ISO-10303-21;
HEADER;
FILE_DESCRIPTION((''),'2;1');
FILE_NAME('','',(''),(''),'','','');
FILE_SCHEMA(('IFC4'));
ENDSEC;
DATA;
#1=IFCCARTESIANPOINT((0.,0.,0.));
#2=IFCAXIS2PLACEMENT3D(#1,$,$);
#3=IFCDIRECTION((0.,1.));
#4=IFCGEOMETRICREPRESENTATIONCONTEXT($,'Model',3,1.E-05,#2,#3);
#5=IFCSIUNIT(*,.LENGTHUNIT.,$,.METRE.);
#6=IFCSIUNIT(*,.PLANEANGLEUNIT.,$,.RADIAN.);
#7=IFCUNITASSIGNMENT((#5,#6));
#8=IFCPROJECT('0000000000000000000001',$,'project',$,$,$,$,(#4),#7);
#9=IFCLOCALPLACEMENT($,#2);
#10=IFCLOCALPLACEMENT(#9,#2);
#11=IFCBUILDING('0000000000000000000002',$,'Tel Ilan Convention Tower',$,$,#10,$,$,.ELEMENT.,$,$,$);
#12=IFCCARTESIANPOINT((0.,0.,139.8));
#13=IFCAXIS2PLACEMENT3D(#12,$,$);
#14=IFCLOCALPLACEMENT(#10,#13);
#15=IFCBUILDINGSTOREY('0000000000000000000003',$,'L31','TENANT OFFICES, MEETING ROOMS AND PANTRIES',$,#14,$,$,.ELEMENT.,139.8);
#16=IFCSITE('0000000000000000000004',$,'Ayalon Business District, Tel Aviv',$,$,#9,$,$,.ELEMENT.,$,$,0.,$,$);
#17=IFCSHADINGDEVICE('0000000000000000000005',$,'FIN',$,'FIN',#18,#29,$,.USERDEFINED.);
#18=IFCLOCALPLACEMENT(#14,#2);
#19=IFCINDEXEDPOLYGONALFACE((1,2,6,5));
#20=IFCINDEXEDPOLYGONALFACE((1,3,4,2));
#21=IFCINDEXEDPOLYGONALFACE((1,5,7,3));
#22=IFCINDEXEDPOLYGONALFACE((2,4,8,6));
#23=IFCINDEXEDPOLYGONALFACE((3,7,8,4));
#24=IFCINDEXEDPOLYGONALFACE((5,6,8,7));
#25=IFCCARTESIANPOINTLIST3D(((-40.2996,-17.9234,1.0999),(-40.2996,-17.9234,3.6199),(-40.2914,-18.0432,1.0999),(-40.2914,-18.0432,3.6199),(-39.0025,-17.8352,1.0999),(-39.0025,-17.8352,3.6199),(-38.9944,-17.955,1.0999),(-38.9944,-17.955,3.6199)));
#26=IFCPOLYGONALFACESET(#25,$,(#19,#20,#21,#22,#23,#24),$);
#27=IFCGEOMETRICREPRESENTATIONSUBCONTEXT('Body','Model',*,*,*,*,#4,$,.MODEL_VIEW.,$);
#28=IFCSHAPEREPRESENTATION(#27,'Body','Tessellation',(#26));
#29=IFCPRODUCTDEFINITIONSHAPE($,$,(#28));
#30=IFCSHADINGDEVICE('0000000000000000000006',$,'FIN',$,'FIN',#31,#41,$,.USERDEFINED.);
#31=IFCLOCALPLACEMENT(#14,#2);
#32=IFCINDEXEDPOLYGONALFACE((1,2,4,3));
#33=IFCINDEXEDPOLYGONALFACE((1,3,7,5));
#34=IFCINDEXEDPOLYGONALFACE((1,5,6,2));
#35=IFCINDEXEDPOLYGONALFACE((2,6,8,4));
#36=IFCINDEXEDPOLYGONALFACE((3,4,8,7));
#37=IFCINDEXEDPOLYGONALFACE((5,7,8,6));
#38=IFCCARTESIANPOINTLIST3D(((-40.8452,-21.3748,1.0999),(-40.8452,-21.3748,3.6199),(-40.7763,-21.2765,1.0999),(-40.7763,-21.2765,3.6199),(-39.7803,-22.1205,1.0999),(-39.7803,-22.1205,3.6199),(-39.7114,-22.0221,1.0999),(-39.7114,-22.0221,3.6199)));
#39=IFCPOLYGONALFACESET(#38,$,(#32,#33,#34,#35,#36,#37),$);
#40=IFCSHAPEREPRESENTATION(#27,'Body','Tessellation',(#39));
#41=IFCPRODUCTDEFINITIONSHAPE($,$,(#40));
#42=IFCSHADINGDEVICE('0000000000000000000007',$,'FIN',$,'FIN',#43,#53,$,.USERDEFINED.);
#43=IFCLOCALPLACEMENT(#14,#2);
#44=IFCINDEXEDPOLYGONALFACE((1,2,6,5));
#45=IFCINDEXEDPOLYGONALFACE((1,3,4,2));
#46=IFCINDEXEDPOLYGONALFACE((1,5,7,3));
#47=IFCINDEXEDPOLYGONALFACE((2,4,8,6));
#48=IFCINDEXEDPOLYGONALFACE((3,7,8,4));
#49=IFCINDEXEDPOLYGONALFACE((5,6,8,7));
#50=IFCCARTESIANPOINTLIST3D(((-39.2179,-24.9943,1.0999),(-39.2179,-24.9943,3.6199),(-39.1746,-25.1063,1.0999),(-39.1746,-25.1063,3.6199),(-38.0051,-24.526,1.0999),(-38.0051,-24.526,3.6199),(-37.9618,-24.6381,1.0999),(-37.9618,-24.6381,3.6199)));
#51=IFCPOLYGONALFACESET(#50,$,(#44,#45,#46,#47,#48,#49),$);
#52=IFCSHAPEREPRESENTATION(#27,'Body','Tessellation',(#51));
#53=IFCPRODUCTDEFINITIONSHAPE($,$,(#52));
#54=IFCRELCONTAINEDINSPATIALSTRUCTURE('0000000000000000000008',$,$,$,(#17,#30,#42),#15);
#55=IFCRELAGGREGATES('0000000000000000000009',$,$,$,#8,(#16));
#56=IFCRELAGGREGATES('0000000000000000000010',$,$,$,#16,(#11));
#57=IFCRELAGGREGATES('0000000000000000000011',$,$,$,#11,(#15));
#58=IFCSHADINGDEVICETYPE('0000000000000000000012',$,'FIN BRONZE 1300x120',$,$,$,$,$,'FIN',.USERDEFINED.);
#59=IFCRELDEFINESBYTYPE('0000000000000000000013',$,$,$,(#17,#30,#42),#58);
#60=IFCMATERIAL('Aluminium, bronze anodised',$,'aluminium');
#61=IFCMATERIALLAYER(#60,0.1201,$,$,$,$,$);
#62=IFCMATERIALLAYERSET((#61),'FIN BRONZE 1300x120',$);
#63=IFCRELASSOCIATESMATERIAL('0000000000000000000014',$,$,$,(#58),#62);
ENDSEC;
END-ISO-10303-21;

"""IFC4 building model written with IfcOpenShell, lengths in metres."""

from ifc_helpers import new_model, si_unit, direction, frame, origin, origin_2d, place, context, subcontext, project, spatial, rectangle, extrude, material, layer, layer_set, type_object, element, save


model = new_model("IFC4")

# Units and contexts
model_context = context("Model", 3, precision=1e-05, world=origin(), true_north=direction((0.0, 1.0)))
body_context = subcontext(model_context, "Body", "Model", "MODEL_VIEW")
ifc_project = project(units=[si_unit("LENGTHUNIT", "METRE"), si_unit("PLANEANGLEUNIT", "RADIAN")], contexts=[model_context])

# Site, building, storey
site_placement = place(None, origin())
site = spatial("IfcSite", under=ifc_project, at=site_placement, Name="Ayalon Business District, Tel Aviv", CompositionType="ELEMENT", RefElevation=0.0)
building_placement = place(site_placement, origin())
building = spatial("IfcBuilding", under=site, at=building_placement, Name="Tel Ilan Convention Tower", CompositionType="ELEMENT")
storey_placement = place(building_placement, frame((0.0, 0.0, 139.8)))
storey = spatial("IfcBuildingStorey", under=building, at=storey_placement, Name="L31", Description="TENANT OFFICES, MEETING ROOMS AND PANTRIES", CompositionType="ELEMENT", Elevation=139.8)

# Shading devices
ifc_material_1 = material(Name="Aluminium, bronze anodised", Category="aluminium")
ifc_layer_1 = layer(ifc_material_1, 0.1201)
ifc_layer_set_1 = layer_set([ifc_layer_1], Name="FIN BRONZE 1300x120")
shading_device_type = type_object("IfcShadingDeviceType", Name="FIN BRONZE 1300x120", ElementType="FIN", PredefinedType="USERDEFINED", material=ifc_layer_set_1)
for number, where, z_axis, x_axis, name in (
    (1, (-39.647, -17.9392, 1.0999), (0.0, 0.0, 1.0), (-0.997697, -0.067822, 0.0), "FIN"),
    (2, (-40.2783, -21.6985, 1.0999), (0.0, 0.0, 1.0), (-0.819152, 0.573576, 0.0), "FIN"),
    (3, (-38.5898, -24.8162, 1.0999), (0.0, 0.0, 1.0), (-0.932884, -0.360178, 0.0), "FIN"),
):
    element("IfcShadingDevice", number, at=place(storey_placement, frame(where, z_axis=z_axis, x_axis=x_axis)), inside=storey, type_object=shading_device_type, Name=name, ObjectType="FIN", PredefinedType="USERDEFINED", context=body_context, shape_type="SweptSolid", body=[
        extrude(rectangle(XDim=1.3, YDim=0.1201, at=origin_2d()), origin(), (0.0, 0.0, 1.0), 2.52),
    ])

save(model, "model.ifc")
